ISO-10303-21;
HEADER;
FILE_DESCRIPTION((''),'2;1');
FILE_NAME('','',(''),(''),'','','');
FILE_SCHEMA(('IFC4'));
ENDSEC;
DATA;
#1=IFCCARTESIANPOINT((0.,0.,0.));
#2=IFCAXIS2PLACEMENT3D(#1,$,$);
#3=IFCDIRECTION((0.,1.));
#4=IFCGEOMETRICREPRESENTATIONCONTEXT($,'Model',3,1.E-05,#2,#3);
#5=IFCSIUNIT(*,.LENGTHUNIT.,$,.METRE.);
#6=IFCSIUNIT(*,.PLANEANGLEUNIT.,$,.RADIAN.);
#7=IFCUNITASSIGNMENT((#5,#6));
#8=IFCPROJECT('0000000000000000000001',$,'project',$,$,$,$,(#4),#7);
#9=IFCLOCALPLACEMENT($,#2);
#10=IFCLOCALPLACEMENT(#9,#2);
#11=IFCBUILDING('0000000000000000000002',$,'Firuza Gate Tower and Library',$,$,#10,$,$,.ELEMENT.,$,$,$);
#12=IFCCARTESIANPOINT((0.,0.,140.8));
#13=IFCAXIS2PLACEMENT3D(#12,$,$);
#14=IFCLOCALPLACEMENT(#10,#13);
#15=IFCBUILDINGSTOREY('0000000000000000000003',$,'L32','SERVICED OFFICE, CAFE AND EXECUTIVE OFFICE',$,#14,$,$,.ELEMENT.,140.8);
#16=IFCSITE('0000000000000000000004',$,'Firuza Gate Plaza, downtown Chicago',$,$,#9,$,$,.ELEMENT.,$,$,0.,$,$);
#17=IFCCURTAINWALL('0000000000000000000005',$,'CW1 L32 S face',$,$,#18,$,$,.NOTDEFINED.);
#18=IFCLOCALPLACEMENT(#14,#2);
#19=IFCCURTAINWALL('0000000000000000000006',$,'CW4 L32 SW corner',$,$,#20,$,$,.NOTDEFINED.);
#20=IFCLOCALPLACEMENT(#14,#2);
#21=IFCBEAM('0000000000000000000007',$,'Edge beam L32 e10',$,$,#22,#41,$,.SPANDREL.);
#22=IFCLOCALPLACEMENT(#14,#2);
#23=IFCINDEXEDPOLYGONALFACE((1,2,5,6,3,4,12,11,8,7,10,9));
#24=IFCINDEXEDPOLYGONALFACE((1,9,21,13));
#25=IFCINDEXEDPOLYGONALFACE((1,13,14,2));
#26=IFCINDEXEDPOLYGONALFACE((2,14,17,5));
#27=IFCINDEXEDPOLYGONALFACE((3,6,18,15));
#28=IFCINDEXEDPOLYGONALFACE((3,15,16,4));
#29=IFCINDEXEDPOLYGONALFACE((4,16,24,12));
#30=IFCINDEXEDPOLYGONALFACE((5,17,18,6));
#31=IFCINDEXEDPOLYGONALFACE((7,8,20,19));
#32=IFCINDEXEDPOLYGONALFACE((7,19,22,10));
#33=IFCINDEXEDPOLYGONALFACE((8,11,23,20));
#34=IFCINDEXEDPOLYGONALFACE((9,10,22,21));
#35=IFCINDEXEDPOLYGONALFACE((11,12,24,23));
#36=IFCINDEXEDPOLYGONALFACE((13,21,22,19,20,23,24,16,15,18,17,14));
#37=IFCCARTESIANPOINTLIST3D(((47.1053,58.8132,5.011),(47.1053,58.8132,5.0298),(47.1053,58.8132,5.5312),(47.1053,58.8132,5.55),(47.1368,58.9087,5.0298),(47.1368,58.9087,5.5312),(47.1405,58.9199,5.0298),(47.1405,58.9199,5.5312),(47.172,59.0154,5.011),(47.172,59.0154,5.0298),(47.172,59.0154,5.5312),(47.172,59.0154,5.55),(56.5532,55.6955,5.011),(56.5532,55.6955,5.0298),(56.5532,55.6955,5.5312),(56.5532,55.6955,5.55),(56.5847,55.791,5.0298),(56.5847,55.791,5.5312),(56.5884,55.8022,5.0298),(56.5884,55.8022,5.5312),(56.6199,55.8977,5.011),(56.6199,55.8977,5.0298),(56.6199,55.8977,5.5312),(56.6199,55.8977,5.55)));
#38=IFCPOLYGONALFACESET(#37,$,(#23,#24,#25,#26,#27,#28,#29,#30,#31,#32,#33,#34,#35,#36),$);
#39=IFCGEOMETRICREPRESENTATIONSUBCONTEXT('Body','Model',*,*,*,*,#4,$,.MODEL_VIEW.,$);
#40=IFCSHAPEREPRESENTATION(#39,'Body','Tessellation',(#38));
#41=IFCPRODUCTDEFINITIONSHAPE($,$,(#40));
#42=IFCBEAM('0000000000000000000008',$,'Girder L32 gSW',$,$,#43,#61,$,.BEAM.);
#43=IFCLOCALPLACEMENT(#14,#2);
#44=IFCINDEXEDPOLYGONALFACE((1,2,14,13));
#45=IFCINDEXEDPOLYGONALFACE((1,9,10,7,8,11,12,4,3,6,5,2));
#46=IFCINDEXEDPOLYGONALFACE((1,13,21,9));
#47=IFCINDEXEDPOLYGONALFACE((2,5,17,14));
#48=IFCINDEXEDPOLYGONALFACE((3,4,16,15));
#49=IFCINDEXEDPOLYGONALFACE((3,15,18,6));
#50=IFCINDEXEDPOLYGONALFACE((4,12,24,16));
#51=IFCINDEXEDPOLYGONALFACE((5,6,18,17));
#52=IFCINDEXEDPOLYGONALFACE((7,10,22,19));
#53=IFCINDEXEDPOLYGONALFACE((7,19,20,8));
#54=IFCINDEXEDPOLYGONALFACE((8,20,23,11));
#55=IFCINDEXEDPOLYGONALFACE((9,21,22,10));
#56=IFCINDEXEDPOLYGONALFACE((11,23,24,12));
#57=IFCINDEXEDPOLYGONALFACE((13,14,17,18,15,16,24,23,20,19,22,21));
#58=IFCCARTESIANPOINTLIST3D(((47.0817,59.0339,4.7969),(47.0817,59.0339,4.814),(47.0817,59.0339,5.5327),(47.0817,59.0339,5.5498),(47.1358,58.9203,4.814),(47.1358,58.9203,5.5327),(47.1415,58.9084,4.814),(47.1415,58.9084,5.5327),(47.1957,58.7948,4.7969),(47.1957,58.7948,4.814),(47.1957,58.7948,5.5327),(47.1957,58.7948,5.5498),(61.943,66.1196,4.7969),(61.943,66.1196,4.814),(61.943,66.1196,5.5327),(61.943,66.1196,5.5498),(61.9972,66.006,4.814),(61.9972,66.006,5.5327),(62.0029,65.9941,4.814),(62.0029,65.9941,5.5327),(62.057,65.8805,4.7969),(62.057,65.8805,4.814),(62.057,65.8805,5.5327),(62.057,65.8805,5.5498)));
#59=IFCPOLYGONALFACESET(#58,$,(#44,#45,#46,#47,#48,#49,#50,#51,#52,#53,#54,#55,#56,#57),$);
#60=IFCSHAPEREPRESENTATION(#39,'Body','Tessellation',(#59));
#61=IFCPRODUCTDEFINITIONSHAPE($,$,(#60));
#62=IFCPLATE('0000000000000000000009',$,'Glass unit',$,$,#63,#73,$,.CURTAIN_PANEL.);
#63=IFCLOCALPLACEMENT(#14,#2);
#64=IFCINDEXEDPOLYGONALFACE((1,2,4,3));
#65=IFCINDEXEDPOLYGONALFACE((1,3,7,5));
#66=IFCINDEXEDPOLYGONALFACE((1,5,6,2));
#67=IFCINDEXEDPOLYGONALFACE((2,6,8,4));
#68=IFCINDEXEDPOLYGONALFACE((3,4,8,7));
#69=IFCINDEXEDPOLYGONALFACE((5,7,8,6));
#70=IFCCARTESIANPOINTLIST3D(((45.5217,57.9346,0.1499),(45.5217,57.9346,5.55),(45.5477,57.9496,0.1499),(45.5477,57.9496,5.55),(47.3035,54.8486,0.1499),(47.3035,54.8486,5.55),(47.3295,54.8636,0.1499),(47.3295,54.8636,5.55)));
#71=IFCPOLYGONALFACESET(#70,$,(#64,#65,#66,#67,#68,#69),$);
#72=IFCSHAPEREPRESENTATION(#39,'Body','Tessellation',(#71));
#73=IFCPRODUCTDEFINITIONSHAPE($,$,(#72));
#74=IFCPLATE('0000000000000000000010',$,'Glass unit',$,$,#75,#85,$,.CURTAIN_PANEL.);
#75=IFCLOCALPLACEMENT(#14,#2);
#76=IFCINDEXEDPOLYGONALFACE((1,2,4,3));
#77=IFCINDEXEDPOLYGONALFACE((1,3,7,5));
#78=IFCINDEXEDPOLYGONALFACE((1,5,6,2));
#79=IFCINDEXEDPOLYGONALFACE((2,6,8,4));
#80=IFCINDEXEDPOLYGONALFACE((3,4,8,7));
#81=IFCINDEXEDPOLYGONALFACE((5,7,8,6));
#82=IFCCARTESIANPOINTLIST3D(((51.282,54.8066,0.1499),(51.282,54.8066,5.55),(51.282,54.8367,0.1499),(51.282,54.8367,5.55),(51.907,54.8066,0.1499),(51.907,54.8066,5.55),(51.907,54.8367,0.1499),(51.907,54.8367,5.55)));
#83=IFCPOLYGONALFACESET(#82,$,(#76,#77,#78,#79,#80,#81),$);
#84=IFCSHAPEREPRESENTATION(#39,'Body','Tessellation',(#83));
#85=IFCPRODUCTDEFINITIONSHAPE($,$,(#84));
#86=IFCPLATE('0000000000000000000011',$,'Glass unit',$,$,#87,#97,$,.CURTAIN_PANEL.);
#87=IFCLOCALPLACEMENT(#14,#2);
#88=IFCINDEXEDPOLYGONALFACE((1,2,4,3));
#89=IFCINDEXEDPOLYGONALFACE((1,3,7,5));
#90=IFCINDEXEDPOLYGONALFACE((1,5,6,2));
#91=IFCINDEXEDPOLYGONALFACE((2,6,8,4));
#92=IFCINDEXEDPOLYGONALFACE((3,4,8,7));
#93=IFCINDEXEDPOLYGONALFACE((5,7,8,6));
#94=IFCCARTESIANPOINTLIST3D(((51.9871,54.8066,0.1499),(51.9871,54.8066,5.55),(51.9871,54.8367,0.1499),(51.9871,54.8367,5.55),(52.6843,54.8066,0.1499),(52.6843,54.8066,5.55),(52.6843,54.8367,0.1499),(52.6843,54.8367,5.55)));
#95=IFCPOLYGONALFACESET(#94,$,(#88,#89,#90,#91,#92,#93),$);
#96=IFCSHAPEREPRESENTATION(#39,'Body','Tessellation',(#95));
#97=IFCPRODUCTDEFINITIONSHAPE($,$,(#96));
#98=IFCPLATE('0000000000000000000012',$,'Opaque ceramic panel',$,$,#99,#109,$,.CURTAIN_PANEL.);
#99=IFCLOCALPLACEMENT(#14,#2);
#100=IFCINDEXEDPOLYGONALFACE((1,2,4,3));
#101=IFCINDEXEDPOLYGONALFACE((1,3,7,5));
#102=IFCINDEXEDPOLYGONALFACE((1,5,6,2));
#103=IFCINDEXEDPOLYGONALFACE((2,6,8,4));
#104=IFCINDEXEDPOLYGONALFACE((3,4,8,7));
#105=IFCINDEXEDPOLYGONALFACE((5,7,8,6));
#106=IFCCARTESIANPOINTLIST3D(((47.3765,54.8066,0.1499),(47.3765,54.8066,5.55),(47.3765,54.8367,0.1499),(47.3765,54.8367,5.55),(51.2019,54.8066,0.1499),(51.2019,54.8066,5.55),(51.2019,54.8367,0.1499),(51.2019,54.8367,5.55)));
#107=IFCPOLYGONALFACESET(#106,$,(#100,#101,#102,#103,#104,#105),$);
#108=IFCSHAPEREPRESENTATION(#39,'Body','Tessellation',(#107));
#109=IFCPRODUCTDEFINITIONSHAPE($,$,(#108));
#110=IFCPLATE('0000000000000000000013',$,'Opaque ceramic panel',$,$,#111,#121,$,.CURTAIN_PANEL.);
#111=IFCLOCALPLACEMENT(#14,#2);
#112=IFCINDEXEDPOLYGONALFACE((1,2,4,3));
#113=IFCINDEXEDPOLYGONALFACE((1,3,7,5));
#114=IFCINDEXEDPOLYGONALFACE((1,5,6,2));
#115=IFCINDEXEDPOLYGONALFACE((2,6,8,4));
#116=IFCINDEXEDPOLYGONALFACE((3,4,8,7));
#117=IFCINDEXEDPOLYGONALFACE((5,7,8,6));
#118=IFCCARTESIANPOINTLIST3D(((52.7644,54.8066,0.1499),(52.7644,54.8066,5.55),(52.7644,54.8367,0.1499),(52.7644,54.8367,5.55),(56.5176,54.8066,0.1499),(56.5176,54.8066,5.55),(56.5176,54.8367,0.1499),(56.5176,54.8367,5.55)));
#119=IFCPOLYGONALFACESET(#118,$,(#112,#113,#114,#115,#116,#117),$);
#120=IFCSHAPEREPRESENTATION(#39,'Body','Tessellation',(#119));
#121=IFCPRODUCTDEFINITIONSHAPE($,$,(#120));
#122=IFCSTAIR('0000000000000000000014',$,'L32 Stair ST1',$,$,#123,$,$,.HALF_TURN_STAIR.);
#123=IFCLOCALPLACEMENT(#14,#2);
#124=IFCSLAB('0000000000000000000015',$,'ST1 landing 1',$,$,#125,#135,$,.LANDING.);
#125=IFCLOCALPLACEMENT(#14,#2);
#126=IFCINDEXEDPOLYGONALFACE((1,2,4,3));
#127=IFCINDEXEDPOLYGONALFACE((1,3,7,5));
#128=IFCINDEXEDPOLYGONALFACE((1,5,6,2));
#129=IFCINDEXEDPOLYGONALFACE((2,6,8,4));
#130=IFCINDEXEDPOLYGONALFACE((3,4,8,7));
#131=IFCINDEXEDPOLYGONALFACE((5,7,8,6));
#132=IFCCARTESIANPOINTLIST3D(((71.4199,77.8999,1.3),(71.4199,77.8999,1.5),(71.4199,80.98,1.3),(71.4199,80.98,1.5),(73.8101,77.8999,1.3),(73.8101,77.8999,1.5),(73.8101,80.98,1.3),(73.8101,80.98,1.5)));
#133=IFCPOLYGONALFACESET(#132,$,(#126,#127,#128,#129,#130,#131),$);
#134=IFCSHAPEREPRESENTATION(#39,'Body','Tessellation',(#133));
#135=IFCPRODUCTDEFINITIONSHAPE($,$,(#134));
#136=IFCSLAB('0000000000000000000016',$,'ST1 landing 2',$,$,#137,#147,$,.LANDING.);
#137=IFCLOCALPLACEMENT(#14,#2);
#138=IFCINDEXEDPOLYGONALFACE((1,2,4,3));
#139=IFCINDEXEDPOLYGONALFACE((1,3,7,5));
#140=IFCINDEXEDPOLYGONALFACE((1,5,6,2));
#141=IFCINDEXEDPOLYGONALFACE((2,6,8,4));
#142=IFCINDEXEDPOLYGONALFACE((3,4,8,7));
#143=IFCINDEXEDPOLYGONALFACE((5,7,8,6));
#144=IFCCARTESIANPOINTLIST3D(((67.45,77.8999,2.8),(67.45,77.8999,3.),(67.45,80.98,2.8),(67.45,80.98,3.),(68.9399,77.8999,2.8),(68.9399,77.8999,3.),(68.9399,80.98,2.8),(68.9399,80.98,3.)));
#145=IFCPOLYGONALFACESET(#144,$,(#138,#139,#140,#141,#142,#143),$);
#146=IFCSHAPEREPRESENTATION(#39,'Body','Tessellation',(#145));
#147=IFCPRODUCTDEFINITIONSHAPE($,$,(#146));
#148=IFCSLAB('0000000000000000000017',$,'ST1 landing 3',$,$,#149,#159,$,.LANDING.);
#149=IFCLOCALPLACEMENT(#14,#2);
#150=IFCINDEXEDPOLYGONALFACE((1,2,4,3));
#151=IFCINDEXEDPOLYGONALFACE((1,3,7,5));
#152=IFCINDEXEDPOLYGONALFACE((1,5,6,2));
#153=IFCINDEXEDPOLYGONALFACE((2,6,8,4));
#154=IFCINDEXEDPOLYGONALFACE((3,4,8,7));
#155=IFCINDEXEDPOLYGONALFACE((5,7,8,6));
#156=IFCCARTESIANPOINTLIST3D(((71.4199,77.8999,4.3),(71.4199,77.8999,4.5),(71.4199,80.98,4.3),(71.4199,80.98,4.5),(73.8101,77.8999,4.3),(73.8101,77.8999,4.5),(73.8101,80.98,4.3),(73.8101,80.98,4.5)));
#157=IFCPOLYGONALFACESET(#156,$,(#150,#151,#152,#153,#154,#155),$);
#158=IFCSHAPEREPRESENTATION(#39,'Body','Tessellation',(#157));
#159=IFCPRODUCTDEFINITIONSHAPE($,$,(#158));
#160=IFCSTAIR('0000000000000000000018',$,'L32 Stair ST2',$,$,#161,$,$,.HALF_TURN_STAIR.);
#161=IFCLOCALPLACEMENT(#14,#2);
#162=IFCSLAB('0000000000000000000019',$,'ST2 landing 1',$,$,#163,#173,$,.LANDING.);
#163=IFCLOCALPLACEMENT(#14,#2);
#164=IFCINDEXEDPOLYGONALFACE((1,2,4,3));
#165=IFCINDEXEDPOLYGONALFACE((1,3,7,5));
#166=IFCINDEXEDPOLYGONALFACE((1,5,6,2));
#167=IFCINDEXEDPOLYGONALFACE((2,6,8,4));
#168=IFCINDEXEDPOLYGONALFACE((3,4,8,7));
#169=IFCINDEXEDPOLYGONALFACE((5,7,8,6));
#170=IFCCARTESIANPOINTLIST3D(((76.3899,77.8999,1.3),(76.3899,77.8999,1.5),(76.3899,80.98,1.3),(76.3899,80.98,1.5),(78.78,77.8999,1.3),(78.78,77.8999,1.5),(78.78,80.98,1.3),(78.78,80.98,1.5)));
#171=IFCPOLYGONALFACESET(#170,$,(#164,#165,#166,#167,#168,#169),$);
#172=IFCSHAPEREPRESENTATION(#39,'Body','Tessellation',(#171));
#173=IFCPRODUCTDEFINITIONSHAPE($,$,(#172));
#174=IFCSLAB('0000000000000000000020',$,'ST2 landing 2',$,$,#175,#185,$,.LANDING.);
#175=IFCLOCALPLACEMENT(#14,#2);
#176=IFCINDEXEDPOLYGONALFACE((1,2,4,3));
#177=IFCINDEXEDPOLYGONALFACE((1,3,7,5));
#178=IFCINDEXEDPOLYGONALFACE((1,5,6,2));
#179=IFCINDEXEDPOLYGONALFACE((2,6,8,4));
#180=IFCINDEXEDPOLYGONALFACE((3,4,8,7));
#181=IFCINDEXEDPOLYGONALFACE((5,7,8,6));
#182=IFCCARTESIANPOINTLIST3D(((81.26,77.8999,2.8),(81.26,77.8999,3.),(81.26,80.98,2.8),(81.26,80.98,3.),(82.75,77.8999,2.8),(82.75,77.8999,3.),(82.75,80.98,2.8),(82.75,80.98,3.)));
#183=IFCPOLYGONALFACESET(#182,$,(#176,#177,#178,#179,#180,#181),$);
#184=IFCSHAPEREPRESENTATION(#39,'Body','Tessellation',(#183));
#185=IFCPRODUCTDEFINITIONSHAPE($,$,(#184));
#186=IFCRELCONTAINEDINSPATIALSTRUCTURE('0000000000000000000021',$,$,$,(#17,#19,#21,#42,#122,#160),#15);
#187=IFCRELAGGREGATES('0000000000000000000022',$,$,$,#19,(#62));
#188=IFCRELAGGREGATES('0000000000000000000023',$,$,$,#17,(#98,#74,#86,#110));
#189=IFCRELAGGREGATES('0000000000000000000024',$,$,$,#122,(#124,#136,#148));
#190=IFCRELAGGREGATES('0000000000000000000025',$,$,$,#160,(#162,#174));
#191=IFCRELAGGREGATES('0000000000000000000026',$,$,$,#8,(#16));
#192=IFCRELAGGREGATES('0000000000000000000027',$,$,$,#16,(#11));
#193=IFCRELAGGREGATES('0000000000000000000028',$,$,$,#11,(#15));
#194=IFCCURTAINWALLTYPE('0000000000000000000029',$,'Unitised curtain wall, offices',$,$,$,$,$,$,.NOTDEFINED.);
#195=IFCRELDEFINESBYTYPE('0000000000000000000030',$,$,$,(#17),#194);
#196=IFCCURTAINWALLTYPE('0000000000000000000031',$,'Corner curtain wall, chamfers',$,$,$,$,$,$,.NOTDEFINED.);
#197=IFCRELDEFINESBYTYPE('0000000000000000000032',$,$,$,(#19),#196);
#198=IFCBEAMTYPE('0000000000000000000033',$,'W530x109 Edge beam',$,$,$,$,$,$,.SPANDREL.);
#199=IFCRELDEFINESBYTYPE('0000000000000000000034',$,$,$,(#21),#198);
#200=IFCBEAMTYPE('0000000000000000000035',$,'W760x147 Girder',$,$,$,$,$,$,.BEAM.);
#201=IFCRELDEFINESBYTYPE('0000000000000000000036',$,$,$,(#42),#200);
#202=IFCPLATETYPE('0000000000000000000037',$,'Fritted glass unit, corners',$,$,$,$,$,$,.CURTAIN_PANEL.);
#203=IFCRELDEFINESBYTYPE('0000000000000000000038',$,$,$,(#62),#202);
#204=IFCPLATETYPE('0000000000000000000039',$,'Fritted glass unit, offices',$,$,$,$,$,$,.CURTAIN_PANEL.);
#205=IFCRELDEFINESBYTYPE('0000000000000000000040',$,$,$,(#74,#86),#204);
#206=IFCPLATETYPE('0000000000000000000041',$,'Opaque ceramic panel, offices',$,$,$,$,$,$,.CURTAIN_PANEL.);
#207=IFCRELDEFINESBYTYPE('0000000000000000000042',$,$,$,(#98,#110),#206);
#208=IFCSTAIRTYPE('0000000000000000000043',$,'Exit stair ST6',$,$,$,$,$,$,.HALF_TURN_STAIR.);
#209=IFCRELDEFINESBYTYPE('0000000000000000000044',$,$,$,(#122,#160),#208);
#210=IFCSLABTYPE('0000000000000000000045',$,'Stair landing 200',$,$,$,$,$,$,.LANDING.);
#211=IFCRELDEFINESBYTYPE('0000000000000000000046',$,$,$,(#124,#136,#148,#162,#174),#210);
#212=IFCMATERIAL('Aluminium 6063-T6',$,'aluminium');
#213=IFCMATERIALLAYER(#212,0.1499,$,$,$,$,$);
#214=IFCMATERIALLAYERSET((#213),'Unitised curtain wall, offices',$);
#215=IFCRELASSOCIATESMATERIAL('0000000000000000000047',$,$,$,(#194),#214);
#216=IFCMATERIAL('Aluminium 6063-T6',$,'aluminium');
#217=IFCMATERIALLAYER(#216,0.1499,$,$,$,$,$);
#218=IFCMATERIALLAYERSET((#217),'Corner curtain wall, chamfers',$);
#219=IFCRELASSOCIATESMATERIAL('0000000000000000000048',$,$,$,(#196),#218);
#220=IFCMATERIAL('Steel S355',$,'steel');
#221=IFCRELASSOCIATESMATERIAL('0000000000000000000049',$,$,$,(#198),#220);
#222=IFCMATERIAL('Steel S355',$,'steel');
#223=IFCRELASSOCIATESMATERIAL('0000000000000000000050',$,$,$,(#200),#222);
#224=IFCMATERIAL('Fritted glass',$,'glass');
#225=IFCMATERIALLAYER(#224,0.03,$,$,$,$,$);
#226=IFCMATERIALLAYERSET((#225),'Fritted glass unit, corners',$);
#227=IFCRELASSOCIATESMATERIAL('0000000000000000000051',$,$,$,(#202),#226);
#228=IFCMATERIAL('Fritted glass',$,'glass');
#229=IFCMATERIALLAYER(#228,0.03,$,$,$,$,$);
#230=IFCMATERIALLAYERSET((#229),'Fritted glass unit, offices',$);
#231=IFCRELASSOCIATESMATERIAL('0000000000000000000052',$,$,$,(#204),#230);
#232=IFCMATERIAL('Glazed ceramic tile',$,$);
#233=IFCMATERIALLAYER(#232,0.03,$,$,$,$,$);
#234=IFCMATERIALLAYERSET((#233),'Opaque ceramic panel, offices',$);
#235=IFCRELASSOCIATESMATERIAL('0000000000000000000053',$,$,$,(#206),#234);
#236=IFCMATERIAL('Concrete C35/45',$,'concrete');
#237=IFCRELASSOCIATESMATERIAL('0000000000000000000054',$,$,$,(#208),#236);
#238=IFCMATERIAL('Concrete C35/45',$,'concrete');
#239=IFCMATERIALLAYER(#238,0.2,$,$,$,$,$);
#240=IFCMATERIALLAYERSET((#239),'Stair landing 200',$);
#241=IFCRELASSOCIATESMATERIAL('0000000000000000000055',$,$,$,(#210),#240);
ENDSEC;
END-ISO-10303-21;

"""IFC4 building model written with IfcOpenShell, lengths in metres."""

from ifc_helpers import new_model, si_unit, direction, frame, origin, origin_2d, place, context, subcontext, project, spatial, polyline, i_section, outline, extrude, material, layer, layer_set, material_profile, profile_set, type_object, element, aggregate, save


model = new_model("IFC4")

# Units and contexts
model_context = context("Model", 3, precision=1e-05, world=origin(), true_north=direction((0.0, 1.0)))
body_context = subcontext(model_context, "Body", "Model", "MODEL_VIEW")
ifc_project = project(units=[si_unit("LENGTHUNIT", "METRE"), si_unit("PLANEANGLEUNIT", "RADIAN")], contexts=[model_context])

# Site, building, storey
site_placement = place(None, origin())
site = spatial("IfcSite", under=ifc_project, at=site_placement, Name="Firuza Gate Plaza, downtown Chicago", CompositionType="ELEMENT", RefElevation=0.0)
building_placement = place(site_placement, origin())
building = spatial("IfcBuilding", under=site, at=building_placement, Name="Firuza Gate Tower and Library", CompositionType="ELEMENT")
storey_placement = place(building_placement, frame((0.0, 0.0, 140.8)))
storey = spatial("IfcBuildingStorey", under=building, at=storey_placement, Name="L32", Description="SERVICED OFFICE, CAFE AND EXECUTIVE OFFICE", CompositionType="ELEMENT", Elevation=140.8)

# Curtain walls
ifc_material_1 = material(Name="Aluminium 6063-T6", Category="aluminium")
ifc_layer_1 = layer(ifc_material_1, 0.1499)
ifc_layer_set_1 = layer_set([ifc_layer_1], Name="Unitised curtain wall, offices")
curtain_wall_type_1 = type_object("IfcCurtainWallType", Name="Unitised curtain wall, offices", PredefinedType="NOTDEFINED", material=ifc_layer_set_1)
placement_1 = place(storey_placement, origin())
curtain_wall_1 = element("IfcCurtainWall", 1, at=placement_1, inside=storey, type_object=curtain_wall_type_1, Name="CW1 L32 S face", PredefinedType="NOTDEFINED")
ifc_material_2 = material(Name="Aluminium 6063-T6", Category="aluminium")
ifc_layer_2 = layer(ifc_material_2, 0.1499)
ifc_layer_set_2 = layer_set([ifc_layer_2], Name="Corner curtain wall, chamfers")
curtain_wall_type_2 = type_object("IfcCurtainWallType", Name="Corner curtain wall, chamfers", PredefinedType="NOTDEFINED", material=ifc_layer_set_2)
curtain_wall_2 = element("IfcCurtainWall", 2, at=placement_1, inside=storey, type_object=curtain_wall_type_2, Name="CW4 L32 SW corner", PredefinedType="NOTDEFINED")

# Beams
ifc_material_3 = material(Name="Steel S355", Category="steel")
ifc_material_profile_1 = material_profile(ifc_material_3, i_section(OverallWidth=0.2129, OverallDepth=0.5391, WebThickness=0.0117, FlangeThickness=0.0188, at=origin_2d()))
ifc_profile_set_1 = profile_set([ifc_material_profile_1], Name="Steel S355")
beam_type_1 = type_object("IfcBeamType", Name="W530x109 Edge beam", PredefinedType="SPANDREL", material=ifc_profile_set_1)
beam_1_placement = place(storey_placement, frame((47.1387, 58.9143, 5.2805), z_axis=(0.949631, -0.31337, 0.0), x_axis=(0.31337, 0.949631, 0.0)))
element("IfcBeam", 3, at=beam_1_placement, inside=storey, type_object=beam_type_1, Name="Edge beam L32 e10", PredefinedType="SPANDREL", context=body_context, shape_type="SweptSolid", body=[
    extrude(i_section(OverallWidth=0.2129, OverallDepth=0.5391, WebThickness=0.0117, FlangeThickness=0.0188, at=origin_2d()), origin(), (0.0, 0.0, 1.0), 9.949),
])
ifc_material_4 = material(Name="Steel S355", Category="steel")
ifc_material_profile_2 = material_profile(ifc_material_4, i_section(OverallWidth=0.2649, OverallDepth=0.7529, WebThickness=0.0132, FlangeThickness=0.0171, at=origin_2d()))
ifc_profile_set_2 = profile_set([ifc_material_profile_2], Name="Steel S355")
beam_type_2 = type_object("IfcBeamType", Name="W760x147 Girder", PredefinedType="BEAM", material=ifc_profile_set_2)
beam_2_placement = place(storey_placement, frame((47.1387, 58.9143, 5.1733), z_axis=(0.902651, 0.430373, 0.0), x_axis=(-0.430373, 0.902651, 0.0)))
element("IfcBeam", 4, at=beam_2_placement, inside=storey, type_object=beam_type_2, Name="Girder L32 gSW", PredefinedType="BEAM", context=body_context, shape_type="SweptSolid", body=[
    extrude(i_section(OverallWidth=0.2649, OverallDepth=0.7529, WebThickness=0.0132, FlangeThickness=0.0171, at=origin_2d()), origin(), (0.0, 0.0, 1.0), 16.4641),
])

# Plates
ifc_material_5 = material(Name="Fritted glass", Category="glass")
ifc_layer_3 = layer(ifc_material_5, 0.03)
ifc_layer_set_3 = layer_set([ifc_layer_3], Name="Fritted glass unit, corners")
plate_type_1 = type_object("IfcPlateType", Name="Fritted glass unit, corners", PredefinedType="CURTAIN_PANEL", material=ifc_layer_set_3)
plate_1_placement = place(storey_placement, frame((45.5217, 57.9346, 0.1499), z_axis=(-0.866017, -0.500015, 0.0), x_axis=(0.500015, -0.866017, 0.0)))
plate_1 = element("IfcPlate", 5, at=plate_1_placement, type_object=plate_type_1, Name="Glass unit", PredefinedType="CURTAIN_PANEL", context=body_context, shape_type="SweptSolid", body=[
    extrude(outline(polyline([(0.0, 0.0), (3.5634, 0.0), (3.5634, 5.4001), (0.0, 5.4001), (0.0, 0.0)])), origin(), (0.0, 0.0, -1.0), 0.03),
])
aggregate(curtain_wall_2, [plate_1])
ifc_material_6 = material(Name="Fritted glass", Category="glass")
ifc_layer_4 = layer(ifc_material_6, 0.03)
ifc_layer_set_4 = layer_set([ifc_layer_4], Name="Fritted glass unit, offices")
plate_type_2 = type_object("IfcPlateType", Name="Fritted glass unit, offices", PredefinedType="CURTAIN_PANEL", material=ifc_layer_set_4)
plate_2_placement = place(storey_placement, frame((51.282, 54.8066, 0.1499), z_axis=(0.0, -1.0, 0.0), x_axis=(1.0, 0.0, 0.0)))
plate_2 = element("IfcPlate", 6, at=plate_2_placement, type_object=plate_type_2, Name="Glass unit", PredefinedType="CURTAIN_PANEL", context=body_context, shape_type="SweptSolid", body=[
    extrude(outline(polyline([(0.0, 0.0), (0.625, 0.0), (0.625, 5.4001), (0.0, 5.4001), (0.0, 0.0)])), origin(), (0.0, 0.0, -1.0), 0.03),
])
plate_3_placement = place(storey_placement, frame((51.9871, 54.8066, 0.1499), z_axis=(0.0, -1.0, 0.0), x_axis=(1.0, 0.0, 0.0)))
plate_3 = element("IfcPlate", 7, at=plate_3_placement, type_object=plate_type_2, Name="Glass unit", PredefinedType="CURTAIN_PANEL", context=body_context, shape_type="SweptSolid", body=[
    extrude(outline(polyline([(0.0, 0.0), (0.6973, 0.0), (0.6973, 5.4001), (0.0, 5.4001), (0.0, 0.0)])), origin(), (0.0, 0.0, -1.0), 0.03),
])
ifc_material_7 = material(Name="Glazed ceramic tile")
ifc_layer_5 = layer(ifc_material_7, 0.03)
ifc_layer_set_5 = layer_set([ifc_layer_5], Name="Opaque ceramic panel, offices")
plate_type_3 = type_object("IfcPlateType", Name="Opaque ceramic panel, offices", PredefinedType="CURTAIN_PANEL", material=ifc_layer_set_5)
plate_4_placement = place(storey_placement, frame((47.3765, 54.8066, 0.1499), z_axis=(0.0, -1.0, 0.0), x_axis=(1.0, 0.0, 0.0)))
plate_4 = element("IfcPlate", 8, at=plate_4_placement, type_object=plate_type_3, Name="Opaque ceramic panel", PredefinedType="CURTAIN_PANEL", context=body_context, shape_type="SweptSolid", body=[
    extrude(outline(polyline([(0.0, 0.0), (3.8254, 0.0), (3.8254, 5.4001), (0.0, 5.4001), (0.0, 0.0)])), origin(), (0.0, 0.0, -1.0), 0.03),
])
plate_5_placement = place(storey_placement, frame((52.7644, 54.8066, 0.1499), z_axis=(0.0, -1.0, 0.0), x_axis=(1.0, 0.0, 0.0)))
plate_5 = element("IfcPlate", 9, at=plate_5_placement, type_object=plate_type_3, Name="Opaque ceramic panel", PredefinedType="CURTAIN_PANEL", context=body_context, shape_type="SweptSolid", body=[
    extrude(outline(polyline([(0.0, 0.0), (3.7532, 0.0), (3.7532, 5.4001), (0.0, 5.4001), (0.0, 0.0)])), origin(), (0.0, 0.0, -1.0), 0.03),
])
aggregate(curtain_wall_1, [plate_4, plate_2, plate_3, plate_5])

# Stairs, slabs
ifc_material_8 = material(Name="Concrete C35/45", Category="concrete")
stair_type_1 = type_object("IfcStairType", Name="Exit stair ST6", PredefinedType="HALF_TURN_STAIR", material=ifc_material_8)
stair_1 = element("IfcStair", 10, at=placement_1, inside=storey, type_object=stair_type_1, Name="L32 Stair ST1", PredefinedType="HALF_TURN_STAIR")
ifc_material_9 = material(Name="Concrete C35/45", Category="concrete")
ifc_layer_6 = layer(ifc_material_9, 0.2)
ifc_layer_set_6 = layer_set([ifc_layer_6], Name="Stair landing 200")
slab_type_1 = type_object("IfcSlabType", Name="Stair landing 200", PredefinedType="LANDING", material=ifc_layer_set_6)
placement_2 = place(storey_placement, frame((0.0, 0.0, 1.3)))
slab_1 = element("IfcSlab", 11, at=placement_2, type_object=slab_type_1, Name="ST1 landing 1", PredefinedType="LANDING", context=body_context, shape_type="SweptSolid", body=[
    extrude(outline(polyline([(71.4199, 77.8999), (73.8101, 77.8999), (73.8101, 80.98), (71.4199, 80.98), (71.4199, 77.8999)])), origin(), (0.0, 0.0, 1.0), 0.2),
])
placement_3 = place(storey_placement, frame((0.0, 0.0, 2.8)))
slab_2 = element("IfcSlab", 12, at=placement_3, type_object=slab_type_1, Name="ST1 landing 2", PredefinedType="LANDING", context=body_context, shape_type="SweptSolid", body=[
    extrude(outline(polyline([(67.45, 77.8999), (68.9399, 77.8999), (68.9399, 80.98), (67.45, 80.98), (67.45, 77.8999)])), origin(), (0.0, 0.0, 1.0), 0.2),
])
placement_4 = place(storey_placement, frame((0.0, 0.0, 4.3)))
slab_3 = element("IfcSlab", 13, at=placement_4, type_object=slab_type_1, Name="ST1 landing 3", PredefinedType="LANDING", context=body_context, shape_type="SweptSolid", body=[
    extrude(outline(polyline([(71.4199, 77.8999), (73.8101, 77.8999), (73.8101, 80.98), (71.4199, 80.98), (71.4199, 77.8999)])), origin(), (0.0, 0.0, 1.0), 0.2),
])
aggregate(stair_1, [slab_1, slab_2, slab_3])
stair_2 = element("IfcStair", 14, at=placement_1, inside=storey, type_object=stair_type_1, Name="L32 Stair ST2", PredefinedType="HALF_TURN_STAIR")
slab_4 = element("IfcSlab", 15, at=placement_2, type_object=slab_type_1, Name="ST2 landing 1", PredefinedType="LANDING", context=body_context, shape_type="SweptSolid", body=[
    extrude(outline(polyline([(78.78, 80.98), (76.3899, 80.98), (76.3899, 77.8999), (78.78, 77.8999), (78.78, 80.98)])), origin(), (0.0, 0.0, 1.0), 0.2),
])
slab_5 = element("IfcSlab", 16, at=placement_3, type_object=slab_type_1, Name="ST2 landing 2", PredefinedType="LANDING", context=body_context, shape_type="SweptSolid", body=[
    extrude(outline(polyline([(82.75, 80.98), (81.26, 80.98), (81.26, 77.8999), (82.75, 77.8999), (82.75, 80.98)])), origin(), (0.0, 0.0, 1.0), 0.2),
])
aggregate(stair_2, [slab_4, slab_5])

save(model, "model.ifc")
